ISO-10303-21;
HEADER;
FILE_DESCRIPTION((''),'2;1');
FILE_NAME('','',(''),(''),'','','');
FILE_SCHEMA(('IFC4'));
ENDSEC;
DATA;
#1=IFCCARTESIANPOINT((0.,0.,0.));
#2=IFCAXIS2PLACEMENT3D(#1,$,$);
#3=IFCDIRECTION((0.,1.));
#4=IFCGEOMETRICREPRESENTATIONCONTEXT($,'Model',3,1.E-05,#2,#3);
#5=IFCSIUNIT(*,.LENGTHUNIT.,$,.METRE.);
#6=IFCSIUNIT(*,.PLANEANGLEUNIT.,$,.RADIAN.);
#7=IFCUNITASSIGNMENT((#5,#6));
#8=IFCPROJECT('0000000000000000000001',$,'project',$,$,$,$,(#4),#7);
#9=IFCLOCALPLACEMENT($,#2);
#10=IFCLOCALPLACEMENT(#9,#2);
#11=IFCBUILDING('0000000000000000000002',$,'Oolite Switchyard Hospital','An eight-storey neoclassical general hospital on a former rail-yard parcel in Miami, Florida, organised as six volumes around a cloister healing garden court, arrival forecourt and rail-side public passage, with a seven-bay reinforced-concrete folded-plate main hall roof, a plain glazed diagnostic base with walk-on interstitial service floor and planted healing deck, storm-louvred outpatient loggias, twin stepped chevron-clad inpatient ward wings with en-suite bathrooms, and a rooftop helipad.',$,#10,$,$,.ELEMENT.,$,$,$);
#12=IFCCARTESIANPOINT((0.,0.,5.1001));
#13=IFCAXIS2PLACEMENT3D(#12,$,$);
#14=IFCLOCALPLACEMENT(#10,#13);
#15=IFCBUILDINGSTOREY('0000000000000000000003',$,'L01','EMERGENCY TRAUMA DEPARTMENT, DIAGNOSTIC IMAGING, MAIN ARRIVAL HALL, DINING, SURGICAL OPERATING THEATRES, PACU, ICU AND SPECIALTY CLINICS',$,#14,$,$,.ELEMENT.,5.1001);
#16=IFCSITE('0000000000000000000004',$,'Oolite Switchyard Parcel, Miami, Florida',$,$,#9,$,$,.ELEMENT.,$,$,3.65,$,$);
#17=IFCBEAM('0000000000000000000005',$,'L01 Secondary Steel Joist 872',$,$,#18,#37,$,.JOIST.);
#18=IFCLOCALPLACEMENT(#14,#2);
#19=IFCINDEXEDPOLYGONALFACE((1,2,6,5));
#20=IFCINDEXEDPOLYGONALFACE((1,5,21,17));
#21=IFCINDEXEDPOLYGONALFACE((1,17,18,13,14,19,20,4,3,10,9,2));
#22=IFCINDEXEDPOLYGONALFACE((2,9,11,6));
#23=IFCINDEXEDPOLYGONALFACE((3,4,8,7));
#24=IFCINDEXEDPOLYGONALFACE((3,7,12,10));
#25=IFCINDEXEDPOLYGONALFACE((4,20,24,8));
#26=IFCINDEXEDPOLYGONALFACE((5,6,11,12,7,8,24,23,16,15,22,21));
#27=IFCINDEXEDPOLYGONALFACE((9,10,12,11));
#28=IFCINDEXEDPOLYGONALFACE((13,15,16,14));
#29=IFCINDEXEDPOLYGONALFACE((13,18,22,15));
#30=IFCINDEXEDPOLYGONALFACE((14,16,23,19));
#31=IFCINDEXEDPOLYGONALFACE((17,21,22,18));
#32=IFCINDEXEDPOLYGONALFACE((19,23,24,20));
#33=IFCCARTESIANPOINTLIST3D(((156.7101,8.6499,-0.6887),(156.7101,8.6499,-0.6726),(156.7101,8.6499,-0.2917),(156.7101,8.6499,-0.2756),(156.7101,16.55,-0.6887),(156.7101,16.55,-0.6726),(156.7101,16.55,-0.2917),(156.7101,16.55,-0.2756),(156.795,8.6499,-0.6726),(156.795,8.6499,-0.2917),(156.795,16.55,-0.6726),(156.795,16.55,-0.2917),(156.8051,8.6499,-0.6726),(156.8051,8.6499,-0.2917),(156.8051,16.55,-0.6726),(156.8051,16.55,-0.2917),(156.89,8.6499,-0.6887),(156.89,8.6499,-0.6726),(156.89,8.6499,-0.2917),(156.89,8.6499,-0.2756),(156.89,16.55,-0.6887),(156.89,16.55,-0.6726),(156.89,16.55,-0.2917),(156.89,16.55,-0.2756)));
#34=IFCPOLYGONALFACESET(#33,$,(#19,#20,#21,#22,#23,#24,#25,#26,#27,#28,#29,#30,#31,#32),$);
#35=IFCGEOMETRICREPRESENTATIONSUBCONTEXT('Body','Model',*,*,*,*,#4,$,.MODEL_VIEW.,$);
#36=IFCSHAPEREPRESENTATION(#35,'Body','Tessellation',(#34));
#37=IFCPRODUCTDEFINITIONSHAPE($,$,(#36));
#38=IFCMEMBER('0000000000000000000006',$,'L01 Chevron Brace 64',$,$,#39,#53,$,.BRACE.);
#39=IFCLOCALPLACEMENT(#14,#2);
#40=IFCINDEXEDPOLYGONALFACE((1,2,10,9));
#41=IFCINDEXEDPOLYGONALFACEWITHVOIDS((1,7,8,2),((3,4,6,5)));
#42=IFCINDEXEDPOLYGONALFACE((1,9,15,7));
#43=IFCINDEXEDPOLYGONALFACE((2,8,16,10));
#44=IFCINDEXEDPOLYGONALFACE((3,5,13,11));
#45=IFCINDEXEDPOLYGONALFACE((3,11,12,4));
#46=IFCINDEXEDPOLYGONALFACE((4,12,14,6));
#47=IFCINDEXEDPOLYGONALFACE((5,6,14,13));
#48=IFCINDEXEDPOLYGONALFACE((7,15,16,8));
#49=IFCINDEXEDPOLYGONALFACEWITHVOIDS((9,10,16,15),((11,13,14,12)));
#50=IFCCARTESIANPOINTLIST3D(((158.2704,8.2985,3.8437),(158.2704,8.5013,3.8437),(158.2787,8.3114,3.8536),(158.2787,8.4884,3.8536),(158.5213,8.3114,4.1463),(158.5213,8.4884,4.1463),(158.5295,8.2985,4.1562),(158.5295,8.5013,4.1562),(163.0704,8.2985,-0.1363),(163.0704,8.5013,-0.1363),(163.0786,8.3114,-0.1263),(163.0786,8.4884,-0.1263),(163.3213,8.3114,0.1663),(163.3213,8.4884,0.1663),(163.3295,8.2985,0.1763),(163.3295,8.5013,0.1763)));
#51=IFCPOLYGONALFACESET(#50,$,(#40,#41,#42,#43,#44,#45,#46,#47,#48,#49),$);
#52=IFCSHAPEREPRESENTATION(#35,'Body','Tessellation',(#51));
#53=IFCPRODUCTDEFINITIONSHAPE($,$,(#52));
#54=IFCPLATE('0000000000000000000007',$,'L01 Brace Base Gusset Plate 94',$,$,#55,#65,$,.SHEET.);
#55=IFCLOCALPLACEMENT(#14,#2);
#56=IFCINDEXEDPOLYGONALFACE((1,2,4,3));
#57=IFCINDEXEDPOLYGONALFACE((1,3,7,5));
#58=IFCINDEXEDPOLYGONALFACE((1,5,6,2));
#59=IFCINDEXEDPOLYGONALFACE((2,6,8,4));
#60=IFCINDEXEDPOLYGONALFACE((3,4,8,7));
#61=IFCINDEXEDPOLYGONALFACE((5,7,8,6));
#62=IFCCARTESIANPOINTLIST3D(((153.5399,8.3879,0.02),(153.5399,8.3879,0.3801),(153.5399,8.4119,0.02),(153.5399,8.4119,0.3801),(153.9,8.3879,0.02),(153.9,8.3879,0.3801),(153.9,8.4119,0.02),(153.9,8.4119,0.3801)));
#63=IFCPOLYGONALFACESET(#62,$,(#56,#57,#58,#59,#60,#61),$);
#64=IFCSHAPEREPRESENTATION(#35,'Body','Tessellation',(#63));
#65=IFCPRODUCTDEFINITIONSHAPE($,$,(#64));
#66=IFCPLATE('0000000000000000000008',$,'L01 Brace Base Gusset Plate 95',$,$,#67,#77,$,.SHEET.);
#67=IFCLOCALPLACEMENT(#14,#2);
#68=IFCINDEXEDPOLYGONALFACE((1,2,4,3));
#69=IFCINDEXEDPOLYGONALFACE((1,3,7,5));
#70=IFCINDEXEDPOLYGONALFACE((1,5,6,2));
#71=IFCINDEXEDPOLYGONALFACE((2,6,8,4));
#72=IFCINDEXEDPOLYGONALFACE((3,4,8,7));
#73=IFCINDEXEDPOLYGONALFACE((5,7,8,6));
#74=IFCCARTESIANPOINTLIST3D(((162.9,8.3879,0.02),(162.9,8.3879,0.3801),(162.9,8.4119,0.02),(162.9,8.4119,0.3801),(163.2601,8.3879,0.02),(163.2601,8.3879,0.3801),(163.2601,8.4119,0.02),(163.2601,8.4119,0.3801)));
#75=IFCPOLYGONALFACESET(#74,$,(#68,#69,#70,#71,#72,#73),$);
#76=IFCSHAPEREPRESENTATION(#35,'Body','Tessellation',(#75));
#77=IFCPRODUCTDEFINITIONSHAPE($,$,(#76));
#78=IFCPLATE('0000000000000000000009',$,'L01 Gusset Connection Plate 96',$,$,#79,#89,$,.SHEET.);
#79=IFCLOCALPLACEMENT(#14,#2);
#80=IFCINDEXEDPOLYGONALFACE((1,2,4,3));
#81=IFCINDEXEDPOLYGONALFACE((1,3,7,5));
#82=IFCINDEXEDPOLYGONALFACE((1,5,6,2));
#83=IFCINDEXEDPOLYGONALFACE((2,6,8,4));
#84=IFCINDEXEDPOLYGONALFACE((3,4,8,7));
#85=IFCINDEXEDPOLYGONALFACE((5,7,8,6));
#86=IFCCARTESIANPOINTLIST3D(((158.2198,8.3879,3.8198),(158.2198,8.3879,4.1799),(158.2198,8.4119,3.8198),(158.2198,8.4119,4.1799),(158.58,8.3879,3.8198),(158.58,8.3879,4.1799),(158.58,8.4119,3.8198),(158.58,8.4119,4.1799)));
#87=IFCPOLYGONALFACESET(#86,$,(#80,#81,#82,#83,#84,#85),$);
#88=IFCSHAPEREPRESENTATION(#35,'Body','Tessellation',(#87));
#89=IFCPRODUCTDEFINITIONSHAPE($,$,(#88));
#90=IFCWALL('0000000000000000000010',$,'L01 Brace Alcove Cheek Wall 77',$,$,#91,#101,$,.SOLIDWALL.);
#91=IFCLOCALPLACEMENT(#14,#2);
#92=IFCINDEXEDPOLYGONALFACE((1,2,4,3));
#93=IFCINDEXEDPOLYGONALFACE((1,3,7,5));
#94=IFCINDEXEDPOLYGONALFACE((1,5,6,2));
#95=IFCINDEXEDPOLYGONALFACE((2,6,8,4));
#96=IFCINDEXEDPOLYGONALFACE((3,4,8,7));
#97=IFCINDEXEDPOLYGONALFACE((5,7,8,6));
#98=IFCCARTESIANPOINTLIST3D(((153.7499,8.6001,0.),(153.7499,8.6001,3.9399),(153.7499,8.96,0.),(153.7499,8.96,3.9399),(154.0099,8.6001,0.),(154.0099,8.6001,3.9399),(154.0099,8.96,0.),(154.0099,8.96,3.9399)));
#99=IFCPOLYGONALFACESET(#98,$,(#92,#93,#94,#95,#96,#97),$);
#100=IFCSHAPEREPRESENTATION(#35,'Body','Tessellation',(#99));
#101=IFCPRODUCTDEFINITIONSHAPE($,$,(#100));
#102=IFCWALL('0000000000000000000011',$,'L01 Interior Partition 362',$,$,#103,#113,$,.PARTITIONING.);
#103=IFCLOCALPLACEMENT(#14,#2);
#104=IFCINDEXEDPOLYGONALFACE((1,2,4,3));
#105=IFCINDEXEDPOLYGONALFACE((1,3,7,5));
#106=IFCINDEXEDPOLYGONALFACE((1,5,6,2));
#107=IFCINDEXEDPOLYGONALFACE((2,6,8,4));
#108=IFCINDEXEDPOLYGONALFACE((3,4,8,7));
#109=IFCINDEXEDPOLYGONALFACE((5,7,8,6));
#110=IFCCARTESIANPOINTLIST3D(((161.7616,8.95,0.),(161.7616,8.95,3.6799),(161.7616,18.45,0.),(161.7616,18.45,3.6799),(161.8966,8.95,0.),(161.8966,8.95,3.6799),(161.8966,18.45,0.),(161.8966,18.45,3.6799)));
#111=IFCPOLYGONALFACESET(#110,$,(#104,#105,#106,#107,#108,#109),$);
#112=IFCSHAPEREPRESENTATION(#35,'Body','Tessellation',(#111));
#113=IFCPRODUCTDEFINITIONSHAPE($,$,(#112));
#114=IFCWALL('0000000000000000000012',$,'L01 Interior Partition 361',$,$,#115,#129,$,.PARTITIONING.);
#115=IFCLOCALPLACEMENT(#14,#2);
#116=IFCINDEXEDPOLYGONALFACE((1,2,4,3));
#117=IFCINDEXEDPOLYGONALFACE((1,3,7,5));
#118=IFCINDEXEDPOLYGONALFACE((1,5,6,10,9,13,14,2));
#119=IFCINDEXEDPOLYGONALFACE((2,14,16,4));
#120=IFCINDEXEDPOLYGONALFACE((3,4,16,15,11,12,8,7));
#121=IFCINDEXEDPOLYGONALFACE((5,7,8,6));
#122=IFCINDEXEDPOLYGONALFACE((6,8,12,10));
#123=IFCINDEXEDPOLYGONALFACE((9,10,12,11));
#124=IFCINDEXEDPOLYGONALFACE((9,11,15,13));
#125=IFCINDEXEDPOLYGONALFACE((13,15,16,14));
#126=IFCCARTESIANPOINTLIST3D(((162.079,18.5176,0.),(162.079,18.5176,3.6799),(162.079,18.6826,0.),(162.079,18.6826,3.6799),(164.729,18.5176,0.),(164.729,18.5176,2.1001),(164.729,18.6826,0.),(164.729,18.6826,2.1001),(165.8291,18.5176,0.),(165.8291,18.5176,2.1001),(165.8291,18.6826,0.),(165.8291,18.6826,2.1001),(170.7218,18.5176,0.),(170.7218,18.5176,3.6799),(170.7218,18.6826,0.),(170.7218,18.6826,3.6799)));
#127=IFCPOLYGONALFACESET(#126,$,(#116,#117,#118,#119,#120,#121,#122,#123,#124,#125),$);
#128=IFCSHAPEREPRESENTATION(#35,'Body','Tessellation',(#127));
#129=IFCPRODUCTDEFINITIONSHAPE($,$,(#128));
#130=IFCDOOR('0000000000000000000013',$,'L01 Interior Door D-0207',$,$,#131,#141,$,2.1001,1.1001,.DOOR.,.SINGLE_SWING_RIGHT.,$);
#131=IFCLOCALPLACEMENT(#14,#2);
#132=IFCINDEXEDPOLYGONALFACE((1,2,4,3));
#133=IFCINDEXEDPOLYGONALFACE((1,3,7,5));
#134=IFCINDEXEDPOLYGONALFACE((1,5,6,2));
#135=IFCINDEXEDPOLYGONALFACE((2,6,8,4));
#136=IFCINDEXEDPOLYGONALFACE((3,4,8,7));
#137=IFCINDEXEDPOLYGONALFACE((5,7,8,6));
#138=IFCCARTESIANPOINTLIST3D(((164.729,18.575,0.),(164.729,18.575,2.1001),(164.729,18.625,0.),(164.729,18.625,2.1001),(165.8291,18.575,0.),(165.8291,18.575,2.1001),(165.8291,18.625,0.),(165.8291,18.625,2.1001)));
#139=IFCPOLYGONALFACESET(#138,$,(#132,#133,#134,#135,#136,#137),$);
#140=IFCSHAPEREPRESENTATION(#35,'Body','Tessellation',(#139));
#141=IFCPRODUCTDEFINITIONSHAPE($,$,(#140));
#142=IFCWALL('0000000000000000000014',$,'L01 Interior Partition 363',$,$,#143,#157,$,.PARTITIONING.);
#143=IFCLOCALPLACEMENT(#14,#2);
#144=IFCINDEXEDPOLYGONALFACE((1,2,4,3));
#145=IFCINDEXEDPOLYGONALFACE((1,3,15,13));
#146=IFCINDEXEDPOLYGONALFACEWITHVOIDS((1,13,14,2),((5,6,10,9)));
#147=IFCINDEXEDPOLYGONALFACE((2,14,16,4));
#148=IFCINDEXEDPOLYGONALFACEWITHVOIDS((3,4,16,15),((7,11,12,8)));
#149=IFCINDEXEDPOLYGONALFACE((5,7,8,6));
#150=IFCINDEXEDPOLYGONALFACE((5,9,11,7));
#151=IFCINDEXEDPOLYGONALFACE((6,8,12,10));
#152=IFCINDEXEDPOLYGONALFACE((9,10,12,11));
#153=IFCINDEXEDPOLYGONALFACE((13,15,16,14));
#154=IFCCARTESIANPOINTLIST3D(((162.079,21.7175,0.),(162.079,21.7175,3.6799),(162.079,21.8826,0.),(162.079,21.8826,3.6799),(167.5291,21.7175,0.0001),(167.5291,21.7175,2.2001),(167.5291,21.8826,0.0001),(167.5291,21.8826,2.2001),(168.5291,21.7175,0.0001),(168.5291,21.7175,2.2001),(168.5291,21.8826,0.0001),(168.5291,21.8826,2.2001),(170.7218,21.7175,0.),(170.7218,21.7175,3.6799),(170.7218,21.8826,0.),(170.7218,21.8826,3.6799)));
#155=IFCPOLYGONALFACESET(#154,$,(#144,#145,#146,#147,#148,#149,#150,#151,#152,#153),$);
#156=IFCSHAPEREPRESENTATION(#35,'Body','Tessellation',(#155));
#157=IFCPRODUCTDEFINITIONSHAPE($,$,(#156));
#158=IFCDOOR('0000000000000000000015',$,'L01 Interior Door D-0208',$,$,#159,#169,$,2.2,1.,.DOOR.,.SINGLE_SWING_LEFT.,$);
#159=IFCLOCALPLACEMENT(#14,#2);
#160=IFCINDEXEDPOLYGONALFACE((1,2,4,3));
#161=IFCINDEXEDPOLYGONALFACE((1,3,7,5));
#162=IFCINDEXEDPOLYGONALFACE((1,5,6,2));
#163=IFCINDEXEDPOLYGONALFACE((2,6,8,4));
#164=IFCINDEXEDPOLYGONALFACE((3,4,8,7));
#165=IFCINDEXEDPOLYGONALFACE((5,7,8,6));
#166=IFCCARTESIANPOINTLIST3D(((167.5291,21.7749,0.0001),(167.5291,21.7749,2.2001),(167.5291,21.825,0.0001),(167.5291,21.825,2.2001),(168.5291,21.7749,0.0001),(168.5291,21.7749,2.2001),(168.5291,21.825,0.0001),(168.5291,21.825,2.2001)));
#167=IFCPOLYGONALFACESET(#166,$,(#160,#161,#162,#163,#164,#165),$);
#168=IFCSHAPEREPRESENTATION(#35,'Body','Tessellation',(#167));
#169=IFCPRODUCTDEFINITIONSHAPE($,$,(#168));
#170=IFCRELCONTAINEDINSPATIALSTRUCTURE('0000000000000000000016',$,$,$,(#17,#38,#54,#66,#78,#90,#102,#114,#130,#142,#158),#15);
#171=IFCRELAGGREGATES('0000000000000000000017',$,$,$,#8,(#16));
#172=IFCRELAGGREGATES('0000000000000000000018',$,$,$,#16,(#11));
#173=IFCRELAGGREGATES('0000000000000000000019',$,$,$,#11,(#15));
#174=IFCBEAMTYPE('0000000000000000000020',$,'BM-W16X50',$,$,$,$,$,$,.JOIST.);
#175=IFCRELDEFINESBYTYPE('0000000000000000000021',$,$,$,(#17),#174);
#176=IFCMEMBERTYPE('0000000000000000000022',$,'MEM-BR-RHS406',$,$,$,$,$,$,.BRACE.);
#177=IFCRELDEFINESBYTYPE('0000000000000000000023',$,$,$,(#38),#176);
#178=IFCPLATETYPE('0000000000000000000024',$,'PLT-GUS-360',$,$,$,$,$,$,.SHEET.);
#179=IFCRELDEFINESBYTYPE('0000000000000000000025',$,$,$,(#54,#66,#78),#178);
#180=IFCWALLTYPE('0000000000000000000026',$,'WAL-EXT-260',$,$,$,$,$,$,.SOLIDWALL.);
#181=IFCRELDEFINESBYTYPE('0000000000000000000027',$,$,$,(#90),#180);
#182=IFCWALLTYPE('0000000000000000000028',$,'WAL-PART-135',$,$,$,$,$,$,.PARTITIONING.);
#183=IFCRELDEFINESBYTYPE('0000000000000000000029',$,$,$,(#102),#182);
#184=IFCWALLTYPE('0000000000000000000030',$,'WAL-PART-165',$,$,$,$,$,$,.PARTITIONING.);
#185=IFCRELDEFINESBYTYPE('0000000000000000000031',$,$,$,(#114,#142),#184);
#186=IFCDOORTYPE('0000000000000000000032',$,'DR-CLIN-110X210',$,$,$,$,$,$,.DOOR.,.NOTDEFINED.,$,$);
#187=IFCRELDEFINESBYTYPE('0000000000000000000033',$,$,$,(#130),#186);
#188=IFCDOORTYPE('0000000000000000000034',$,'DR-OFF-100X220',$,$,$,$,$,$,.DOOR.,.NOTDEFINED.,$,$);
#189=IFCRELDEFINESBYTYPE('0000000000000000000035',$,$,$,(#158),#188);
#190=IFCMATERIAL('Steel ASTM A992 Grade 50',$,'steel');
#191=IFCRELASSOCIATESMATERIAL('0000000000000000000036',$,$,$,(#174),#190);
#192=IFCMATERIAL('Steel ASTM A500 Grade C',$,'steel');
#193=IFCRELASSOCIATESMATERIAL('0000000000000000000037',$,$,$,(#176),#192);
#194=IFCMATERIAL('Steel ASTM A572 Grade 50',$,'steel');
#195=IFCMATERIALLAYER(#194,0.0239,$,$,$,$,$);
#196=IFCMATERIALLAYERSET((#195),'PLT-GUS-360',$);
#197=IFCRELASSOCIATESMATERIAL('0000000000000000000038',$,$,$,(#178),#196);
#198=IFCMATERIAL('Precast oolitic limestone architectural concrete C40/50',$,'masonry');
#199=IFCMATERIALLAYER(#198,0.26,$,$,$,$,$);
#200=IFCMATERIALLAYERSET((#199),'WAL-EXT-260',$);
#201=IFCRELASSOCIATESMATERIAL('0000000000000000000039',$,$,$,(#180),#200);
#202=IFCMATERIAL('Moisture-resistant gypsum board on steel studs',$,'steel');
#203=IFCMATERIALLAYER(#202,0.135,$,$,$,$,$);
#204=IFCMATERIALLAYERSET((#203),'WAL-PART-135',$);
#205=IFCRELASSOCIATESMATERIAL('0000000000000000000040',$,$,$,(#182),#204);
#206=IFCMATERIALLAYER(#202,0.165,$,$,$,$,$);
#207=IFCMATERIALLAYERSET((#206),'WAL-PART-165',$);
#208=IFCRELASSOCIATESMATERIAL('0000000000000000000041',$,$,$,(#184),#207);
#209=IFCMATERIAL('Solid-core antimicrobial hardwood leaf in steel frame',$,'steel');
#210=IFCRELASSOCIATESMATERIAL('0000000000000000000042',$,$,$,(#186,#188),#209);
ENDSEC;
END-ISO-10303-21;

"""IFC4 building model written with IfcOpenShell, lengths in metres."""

from ifc_helpers import new_model, si_unit, direction, frame, frame_2d, origin, origin_2d, place, context, subcontext, project, spatial, rectangle, hollow_rectangle, i_section, extrude, material, layer, layer_set, material_profile, profile_set, type_object, element, fill, save


model = new_model("IFC4")

# Units and contexts
model_context = context("Model", 3, precision=1e-05, world=origin(), true_north=direction((0.0, 1.0)))
body_context = subcontext(model_context, "Body", "Model", "MODEL_VIEW")
ifc_project = project(units=[si_unit("LENGTHUNIT", "METRE"), si_unit("PLANEANGLEUNIT", "RADIAN")], contexts=[model_context])

# Site, building, storey
site_placement = place(None, origin())
site = spatial("IfcSite", under=ifc_project, at=site_placement, Name="Oolite Switchyard Parcel, Miami, Florida", CompositionType="ELEMENT", RefElevation=3.65)
building_placement = place(site_placement, origin())
building = spatial("IfcBuilding", under=site, at=building_placement, Name="Oolite Switchyard Hospital", Description="An eight-storey neoclassical general hospital on a former rail-yard parcel in Miami, Florida, organised as six volumes around a cloister healing garden court, arrival forecourt and rail-side public passage, with a seven-bay reinforced-concrete folded-plate main hall roof, a plain glazed diagnostic base with walk-on interstitial service floor and planted healing deck, storm-louvred outpatient loggias, twin stepped chevron-clad inpatient ward wings with en-suite bathrooms, and a rooftop helipad.", CompositionType="ELEMENT")
storey_placement = place(building_placement, frame((0.0, 0.0, 5.1001)))
storey = spatial("IfcBuildingStorey", under=building, at=storey_placement, Name="L01", Description="EMERGENCY TRAUMA DEPARTMENT, DIAGNOSTIC IMAGING, MAIN ARRIVAL HALL, DINING, SURGICAL OPERATING THEATRES, PACU, ICU AND SPECIALTY CLINICS", CompositionType="ELEMENT", Elevation=5.1001)

# Beam
ifc_material_1 = material(Name="Steel ASTM A992 Grade 50", Category="steel")
ifc_material_profile_1 = material_profile(ifc_material_1, i_section(OverallWidth=0.1799, OverallDepth=0.4131, WebThickness=0.01, FlangeThickness=0.0161, at=origin_2d()), Name="W16X50")
ifc_profile_set_1 = profile_set([ifc_material_profile_1], Name="Steel ASTM A992 Grade 50")
beam_type_1 = type_object("IfcBeamType", Name="BM-W16X50", PredefinedType="JOIST", material=ifc_profile_set_1)
beam_1_placement = place(storey_placement, frame((156.8, 8.6499, -0.4822), z_axis=(0.0, 1.0, 0.0), x_axis=(-1.0, 0.0, 0.0)))
element("IfcBeam", 1, at=beam_1_placement, inside=storey, type_object=beam_type_1, Name="L01 Secondary Steel Joist 872", PredefinedType="JOIST", context=body_context, shape_type="SweptSolid", body=[
    extrude(i_section(OverallWidth=0.1799, OverallDepth=0.4131, WebThickness=0.01, FlangeThickness=0.0161, at=origin_2d()), origin(), (0.0, 0.0, 1.0), 7.9001),
])

# Member
ifc_material_2 = material(Name="Steel ASTM A500 Grade C", Category="steel")
ifc_material_profile_2 = material_profile(ifc_material_2, hollow_rectangle(XDim=0.2029, YDim=0.406, WallThickness=0.0129, at=origin_2d()), Name="HSS406X203X13")
ifc_profile_set_2 = profile_set([ifc_material_profile_2], Name="Steel ASTM A500 Grade C")
member_type = type_object("IfcMemberType", Name="MEM-BR-RHS406", PredefinedType="BRACE", material=ifc_profile_set_2)
member_placement = place(storey_placement, frame((163.2, 8.3999, 0.02), z_axis=(-0.769801, 0.0, 0.638284), x_axis=(0.0, -1.0, 0.0)))
element("IfcMember", 2, at=member_placement, inside=storey, type_object=member_type, Name="L01 Chevron Brace 64", PredefinedType="BRACE", context=body_context, shape_type="SweptSolid", body=[
    extrude(hollow_rectangle(XDim=0.2029, YDim=0.406, WallThickness=0.0129, at=origin_2d()), origin(), (0.0, 0.0, 1.0), 6.2354),
])

# Plates
ifc_material_3 = material(Name="Steel ASTM A572 Grade 50", Category="steel")
ifc_layer_1 = layer(ifc_material_3, 0.0239)
ifc_layer_set_1 = layer_set([ifc_layer_1], Name="PLT-GUS-360")
plate_type = type_object("IfcPlateType", Name="PLT-GUS-360", PredefinedType="SHEET", material=ifc_layer_set_1)
for number, where, z_axis, x_axis, name in (
    (3, (153.72, 8.3999, 0.02), (0.0, 0.0, 1.0), (1.0, 0.0, 0.0), "L01 Brace Base Gusset Plate 94"),
    (4, (163.0801, 8.3999, 0.02), (0.0, 0.0, 1.0), (1.0, 0.0, 0.0), "L01 Brace Base Gusset Plate 95"),
    (5, (158.3999, 8.3999, 3.8198), (0.0, 0.0, 1.0), (1.0, 0.0, 0.0), "L01 Gusset Connection Plate 96"),
):
    element("IfcPlate", number, at=place(storey_placement, frame(where, z_axis=z_axis, x_axis=x_axis)), inside=storey, type_object=plate_type, Name=name, PredefinedType="SHEET", context=body_context, shape_type="SweptSolid", body=[
        extrude(rectangle(XDim=0.3601, YDim=0.0239, at=origin_2d()), origin(), (0.0, 0.0, 1.0), 0.3601),
    ])

# Walls
ifc_material_4 = material(Name="Precast oolitic limestone architectural concrete C40/50", Category="masonry")
ifc_layer_2 = layer(ifc_material_4, 0.26)
ifc_layer_set_2 = layer_set([ifc_layer_2], Name="WAL-EXT-260")
wall_type_1 = type_object("IfcWallType", Name="WAL-EXT-260", PredefinedType="SOLIDWALL", material=ifc_layer_set_2)
wall_1_placement = place(storey_placement, frame((153.8799, 8.6001, 0.0), z_axis=(0.0, 0.0, 1.0), x_axis=(0.0, 1.0, 0.0)))
element("IfcWall", 6, at=wall_1_placement, inside=storey, type_object=wall_type_1, Name="L01 Brace Alcove Cheek Wall 77", PredefinedType="SOLIDWALL", context=body_context, shape_type="SweptSolid", body=[
    extrude(rectangle(XDim=0.3599, YDim=0.26, at=frame_2d((0.1799, 0.0))), origin(), (0.0, 0.0, 1.0), 3.9399),
])
ifc_material_5 = material(Name="Moisture-resistant gypsum board on steel studs", Category="steel")
ifc_layer_3 = layer(ifc_material_5, 0.135)
ifc_layer_set_3 = layer_set([ifc_layer_3], Name="WAL-PART-135")
wall_type_2 = type_object("IfcWallType", Name="WAL-PART-135", PredefinedType="PARTITIONING", material=ifc_layer_set_3)
wall_2_placement = place(storey_placement, frame((161.8291, 8.95, 0.0), z_axis=(0.0, 0.0, 1.0), x_axis=(0.0, 1.0, 0.0)))
element("IfcWall", 7, at=wall_2_placement, inside=storey, type_object=wall_type_2, Name="L01 Interior Partition 362", PredefinedType="PARTITIONING", context=body_context, shape_type="SweptSolid", body=[
    extrude(rectangle(XDim=9.5, YDim=0.135, at=frame_2d((4.75, 0.0))), origin(), (0.0, 0.0, 1.0), 3.6799),
])

# Walls, openings, doors
ifc_layer_4 = layer(ifc_material_5, 0.165)
ifc_layer_set_4 = layer_set([ifc_layer_4], Name="WAL-PART-165")
wall_type_3 = type_object("IfcWallType", Name="WAL-PART-165", PredefinedType="PARTITIONING", material=ifc_layer_set_4)
wall_3_placement = place(storey_placement, frame((162.0791, 18.6001, 0.0), z_axis=(0.0, 0.0, 1.0), x_axis=(1.0, 0.0, 0.0)))
wall_3 = element("IfcWall", 8, at=wall_3_placement, inside=storey, type_object=wall_type_3, Name="L01 Interior Partition 361", PredefinedType="PARTITIONING", context=body_context, shape_type="SweptSolid", body=[
    extrude(rectangle(XDim=8.6428, YDim=0.165, at=frame_2d((4.3213, 0.0))), origin(), (0.0, 0.0, 1.0), 3.6799),
])
opening_1_placement = place(wall_3_placement, frame((2.6499, 0.0, 0.0)))
opening_1 = element("IfcOpeningElement", 9, at=opening_1_placement, cuts=wall_3, PredefinedType="OPENING", context=body_context, shape_type="SweptSolid", body=[
    extrude(rectangle(XDim=1.1001, YDim=2.1001, at=frame_2d((0.55, 1.05))), frame((0.0, 0.0925, 0.0), z_axis=(0.0, -1.0, 0.0), x_axis=(1.0, 0.0, 0.0)), (0.0, 0.0, 1.0), 0.1851),
])
ifc_material_6 = material(Name="Solid-core antimicrobial hardwood leaf in steel frame", Category="steel")
door_type_1 = type_object("IfcDoorType", Name="DR-CLIN-110X210", OperationType="NOTDEFINED", PredefinedType="DOOR", material=ifc_material_6)
door_1_placement = place(opening_1_placement, origin())
door_1 = element("IfcDoor", 10, at=door_1_placement, inside=storey, type_object=door_type_1, Name="L01 Interior Door D-0207", OperationType="SINGLE_SWING_RIGHT", OverallHeight=2.1001, OverallWidth=1.1001, PredefinedType="DOOR", context=body_context, shape_type="SweptSolid", body=[
    extrude(rectangle(XDim=1.1001, YDim=2.1001, at=frame_2d((0.55, 1.05))), frame((0.0, 0.0249, 0.0), z_axis=(0.0, -1.0, 0.0), x_axis=(1.0, 0.0, 0.0)), (0.0, 0.0, 1.0), 0.05),
])
fill(opening_1, door_1)
wall_4_placement = place(storey_placement, frame((162.0791, 21.8, 0.0), z_axis=(0.0, 0.0, 1.0), x_axis=(1.0, 0.0, 0.0)))
wall_4 = element("IfcWall", 11, at=wall_4_placement, inside=storey, type_object=wall_type_3, Name="L01 Interior Partition 363", PredefinedType="PARTITIONING", context=body_context, shape_type="SweptSolid", body=[
    extrude(rectangle(XDim=8.6428, YDim=0.165, at=frame_2d((4.3213, 0.0))), origin(), (0.0, 0.0, 1.0), 3.6799),
])
opening_2_placement = place(wall_4_placement, frame((5.45, 0.0, 0.0)))
opening_2 = element("IfcOpeningElement", 12, at=opening_2_placement, cuts=wall_4, PredefinedType="OPENING", context=body_context, shape_type="SweptSolid", body=[
    extrude(rectangle(XDim=1.0, YDim=2.2, at=frame_2d((0.5, 1.1001))), frame((0.0, 0.0925, 0.0), z_axis=(0.0, -1.0, 0.0), x_axis=(1.0, 0.0, 0.0)), (0.0, 0.0, 1.0), 0.1851),
])
door_type_2 = type_object("IfcDoorType", Name="DR-OFF-100X220", OperationType="NOTDEFINED", PredefinedType="DOOR", material=ifc_material_6)
door_2_placement = place(opening_2_placement, origin())
door_2 = element("IfcDoor", 13, at=door_2_placement, inside=storey, type_object=door_type_2, Name="L01 Interior Door D-0208", OperationType="SINGLE_SWING_LEFT", OverallHeight=2.2, OverallWidth=1.0, PredefinedType="DOOR", context=body_context, shape_type="SweptSolid", body=[
    extrude(rectangle(XDim=1.0, YDim=2.2, at=frame_2d((0.5, 1.1001))), frame((0.0, 0.0249, 0.0), z_axis=(0.0, -1.0, 0.0), x_axis=(1.0, 0.0, 0.0)), (0.0, 0.0, 1.0), 0.05),
])
fill(opening_2, door_2)

save(model, "model.ifc")
